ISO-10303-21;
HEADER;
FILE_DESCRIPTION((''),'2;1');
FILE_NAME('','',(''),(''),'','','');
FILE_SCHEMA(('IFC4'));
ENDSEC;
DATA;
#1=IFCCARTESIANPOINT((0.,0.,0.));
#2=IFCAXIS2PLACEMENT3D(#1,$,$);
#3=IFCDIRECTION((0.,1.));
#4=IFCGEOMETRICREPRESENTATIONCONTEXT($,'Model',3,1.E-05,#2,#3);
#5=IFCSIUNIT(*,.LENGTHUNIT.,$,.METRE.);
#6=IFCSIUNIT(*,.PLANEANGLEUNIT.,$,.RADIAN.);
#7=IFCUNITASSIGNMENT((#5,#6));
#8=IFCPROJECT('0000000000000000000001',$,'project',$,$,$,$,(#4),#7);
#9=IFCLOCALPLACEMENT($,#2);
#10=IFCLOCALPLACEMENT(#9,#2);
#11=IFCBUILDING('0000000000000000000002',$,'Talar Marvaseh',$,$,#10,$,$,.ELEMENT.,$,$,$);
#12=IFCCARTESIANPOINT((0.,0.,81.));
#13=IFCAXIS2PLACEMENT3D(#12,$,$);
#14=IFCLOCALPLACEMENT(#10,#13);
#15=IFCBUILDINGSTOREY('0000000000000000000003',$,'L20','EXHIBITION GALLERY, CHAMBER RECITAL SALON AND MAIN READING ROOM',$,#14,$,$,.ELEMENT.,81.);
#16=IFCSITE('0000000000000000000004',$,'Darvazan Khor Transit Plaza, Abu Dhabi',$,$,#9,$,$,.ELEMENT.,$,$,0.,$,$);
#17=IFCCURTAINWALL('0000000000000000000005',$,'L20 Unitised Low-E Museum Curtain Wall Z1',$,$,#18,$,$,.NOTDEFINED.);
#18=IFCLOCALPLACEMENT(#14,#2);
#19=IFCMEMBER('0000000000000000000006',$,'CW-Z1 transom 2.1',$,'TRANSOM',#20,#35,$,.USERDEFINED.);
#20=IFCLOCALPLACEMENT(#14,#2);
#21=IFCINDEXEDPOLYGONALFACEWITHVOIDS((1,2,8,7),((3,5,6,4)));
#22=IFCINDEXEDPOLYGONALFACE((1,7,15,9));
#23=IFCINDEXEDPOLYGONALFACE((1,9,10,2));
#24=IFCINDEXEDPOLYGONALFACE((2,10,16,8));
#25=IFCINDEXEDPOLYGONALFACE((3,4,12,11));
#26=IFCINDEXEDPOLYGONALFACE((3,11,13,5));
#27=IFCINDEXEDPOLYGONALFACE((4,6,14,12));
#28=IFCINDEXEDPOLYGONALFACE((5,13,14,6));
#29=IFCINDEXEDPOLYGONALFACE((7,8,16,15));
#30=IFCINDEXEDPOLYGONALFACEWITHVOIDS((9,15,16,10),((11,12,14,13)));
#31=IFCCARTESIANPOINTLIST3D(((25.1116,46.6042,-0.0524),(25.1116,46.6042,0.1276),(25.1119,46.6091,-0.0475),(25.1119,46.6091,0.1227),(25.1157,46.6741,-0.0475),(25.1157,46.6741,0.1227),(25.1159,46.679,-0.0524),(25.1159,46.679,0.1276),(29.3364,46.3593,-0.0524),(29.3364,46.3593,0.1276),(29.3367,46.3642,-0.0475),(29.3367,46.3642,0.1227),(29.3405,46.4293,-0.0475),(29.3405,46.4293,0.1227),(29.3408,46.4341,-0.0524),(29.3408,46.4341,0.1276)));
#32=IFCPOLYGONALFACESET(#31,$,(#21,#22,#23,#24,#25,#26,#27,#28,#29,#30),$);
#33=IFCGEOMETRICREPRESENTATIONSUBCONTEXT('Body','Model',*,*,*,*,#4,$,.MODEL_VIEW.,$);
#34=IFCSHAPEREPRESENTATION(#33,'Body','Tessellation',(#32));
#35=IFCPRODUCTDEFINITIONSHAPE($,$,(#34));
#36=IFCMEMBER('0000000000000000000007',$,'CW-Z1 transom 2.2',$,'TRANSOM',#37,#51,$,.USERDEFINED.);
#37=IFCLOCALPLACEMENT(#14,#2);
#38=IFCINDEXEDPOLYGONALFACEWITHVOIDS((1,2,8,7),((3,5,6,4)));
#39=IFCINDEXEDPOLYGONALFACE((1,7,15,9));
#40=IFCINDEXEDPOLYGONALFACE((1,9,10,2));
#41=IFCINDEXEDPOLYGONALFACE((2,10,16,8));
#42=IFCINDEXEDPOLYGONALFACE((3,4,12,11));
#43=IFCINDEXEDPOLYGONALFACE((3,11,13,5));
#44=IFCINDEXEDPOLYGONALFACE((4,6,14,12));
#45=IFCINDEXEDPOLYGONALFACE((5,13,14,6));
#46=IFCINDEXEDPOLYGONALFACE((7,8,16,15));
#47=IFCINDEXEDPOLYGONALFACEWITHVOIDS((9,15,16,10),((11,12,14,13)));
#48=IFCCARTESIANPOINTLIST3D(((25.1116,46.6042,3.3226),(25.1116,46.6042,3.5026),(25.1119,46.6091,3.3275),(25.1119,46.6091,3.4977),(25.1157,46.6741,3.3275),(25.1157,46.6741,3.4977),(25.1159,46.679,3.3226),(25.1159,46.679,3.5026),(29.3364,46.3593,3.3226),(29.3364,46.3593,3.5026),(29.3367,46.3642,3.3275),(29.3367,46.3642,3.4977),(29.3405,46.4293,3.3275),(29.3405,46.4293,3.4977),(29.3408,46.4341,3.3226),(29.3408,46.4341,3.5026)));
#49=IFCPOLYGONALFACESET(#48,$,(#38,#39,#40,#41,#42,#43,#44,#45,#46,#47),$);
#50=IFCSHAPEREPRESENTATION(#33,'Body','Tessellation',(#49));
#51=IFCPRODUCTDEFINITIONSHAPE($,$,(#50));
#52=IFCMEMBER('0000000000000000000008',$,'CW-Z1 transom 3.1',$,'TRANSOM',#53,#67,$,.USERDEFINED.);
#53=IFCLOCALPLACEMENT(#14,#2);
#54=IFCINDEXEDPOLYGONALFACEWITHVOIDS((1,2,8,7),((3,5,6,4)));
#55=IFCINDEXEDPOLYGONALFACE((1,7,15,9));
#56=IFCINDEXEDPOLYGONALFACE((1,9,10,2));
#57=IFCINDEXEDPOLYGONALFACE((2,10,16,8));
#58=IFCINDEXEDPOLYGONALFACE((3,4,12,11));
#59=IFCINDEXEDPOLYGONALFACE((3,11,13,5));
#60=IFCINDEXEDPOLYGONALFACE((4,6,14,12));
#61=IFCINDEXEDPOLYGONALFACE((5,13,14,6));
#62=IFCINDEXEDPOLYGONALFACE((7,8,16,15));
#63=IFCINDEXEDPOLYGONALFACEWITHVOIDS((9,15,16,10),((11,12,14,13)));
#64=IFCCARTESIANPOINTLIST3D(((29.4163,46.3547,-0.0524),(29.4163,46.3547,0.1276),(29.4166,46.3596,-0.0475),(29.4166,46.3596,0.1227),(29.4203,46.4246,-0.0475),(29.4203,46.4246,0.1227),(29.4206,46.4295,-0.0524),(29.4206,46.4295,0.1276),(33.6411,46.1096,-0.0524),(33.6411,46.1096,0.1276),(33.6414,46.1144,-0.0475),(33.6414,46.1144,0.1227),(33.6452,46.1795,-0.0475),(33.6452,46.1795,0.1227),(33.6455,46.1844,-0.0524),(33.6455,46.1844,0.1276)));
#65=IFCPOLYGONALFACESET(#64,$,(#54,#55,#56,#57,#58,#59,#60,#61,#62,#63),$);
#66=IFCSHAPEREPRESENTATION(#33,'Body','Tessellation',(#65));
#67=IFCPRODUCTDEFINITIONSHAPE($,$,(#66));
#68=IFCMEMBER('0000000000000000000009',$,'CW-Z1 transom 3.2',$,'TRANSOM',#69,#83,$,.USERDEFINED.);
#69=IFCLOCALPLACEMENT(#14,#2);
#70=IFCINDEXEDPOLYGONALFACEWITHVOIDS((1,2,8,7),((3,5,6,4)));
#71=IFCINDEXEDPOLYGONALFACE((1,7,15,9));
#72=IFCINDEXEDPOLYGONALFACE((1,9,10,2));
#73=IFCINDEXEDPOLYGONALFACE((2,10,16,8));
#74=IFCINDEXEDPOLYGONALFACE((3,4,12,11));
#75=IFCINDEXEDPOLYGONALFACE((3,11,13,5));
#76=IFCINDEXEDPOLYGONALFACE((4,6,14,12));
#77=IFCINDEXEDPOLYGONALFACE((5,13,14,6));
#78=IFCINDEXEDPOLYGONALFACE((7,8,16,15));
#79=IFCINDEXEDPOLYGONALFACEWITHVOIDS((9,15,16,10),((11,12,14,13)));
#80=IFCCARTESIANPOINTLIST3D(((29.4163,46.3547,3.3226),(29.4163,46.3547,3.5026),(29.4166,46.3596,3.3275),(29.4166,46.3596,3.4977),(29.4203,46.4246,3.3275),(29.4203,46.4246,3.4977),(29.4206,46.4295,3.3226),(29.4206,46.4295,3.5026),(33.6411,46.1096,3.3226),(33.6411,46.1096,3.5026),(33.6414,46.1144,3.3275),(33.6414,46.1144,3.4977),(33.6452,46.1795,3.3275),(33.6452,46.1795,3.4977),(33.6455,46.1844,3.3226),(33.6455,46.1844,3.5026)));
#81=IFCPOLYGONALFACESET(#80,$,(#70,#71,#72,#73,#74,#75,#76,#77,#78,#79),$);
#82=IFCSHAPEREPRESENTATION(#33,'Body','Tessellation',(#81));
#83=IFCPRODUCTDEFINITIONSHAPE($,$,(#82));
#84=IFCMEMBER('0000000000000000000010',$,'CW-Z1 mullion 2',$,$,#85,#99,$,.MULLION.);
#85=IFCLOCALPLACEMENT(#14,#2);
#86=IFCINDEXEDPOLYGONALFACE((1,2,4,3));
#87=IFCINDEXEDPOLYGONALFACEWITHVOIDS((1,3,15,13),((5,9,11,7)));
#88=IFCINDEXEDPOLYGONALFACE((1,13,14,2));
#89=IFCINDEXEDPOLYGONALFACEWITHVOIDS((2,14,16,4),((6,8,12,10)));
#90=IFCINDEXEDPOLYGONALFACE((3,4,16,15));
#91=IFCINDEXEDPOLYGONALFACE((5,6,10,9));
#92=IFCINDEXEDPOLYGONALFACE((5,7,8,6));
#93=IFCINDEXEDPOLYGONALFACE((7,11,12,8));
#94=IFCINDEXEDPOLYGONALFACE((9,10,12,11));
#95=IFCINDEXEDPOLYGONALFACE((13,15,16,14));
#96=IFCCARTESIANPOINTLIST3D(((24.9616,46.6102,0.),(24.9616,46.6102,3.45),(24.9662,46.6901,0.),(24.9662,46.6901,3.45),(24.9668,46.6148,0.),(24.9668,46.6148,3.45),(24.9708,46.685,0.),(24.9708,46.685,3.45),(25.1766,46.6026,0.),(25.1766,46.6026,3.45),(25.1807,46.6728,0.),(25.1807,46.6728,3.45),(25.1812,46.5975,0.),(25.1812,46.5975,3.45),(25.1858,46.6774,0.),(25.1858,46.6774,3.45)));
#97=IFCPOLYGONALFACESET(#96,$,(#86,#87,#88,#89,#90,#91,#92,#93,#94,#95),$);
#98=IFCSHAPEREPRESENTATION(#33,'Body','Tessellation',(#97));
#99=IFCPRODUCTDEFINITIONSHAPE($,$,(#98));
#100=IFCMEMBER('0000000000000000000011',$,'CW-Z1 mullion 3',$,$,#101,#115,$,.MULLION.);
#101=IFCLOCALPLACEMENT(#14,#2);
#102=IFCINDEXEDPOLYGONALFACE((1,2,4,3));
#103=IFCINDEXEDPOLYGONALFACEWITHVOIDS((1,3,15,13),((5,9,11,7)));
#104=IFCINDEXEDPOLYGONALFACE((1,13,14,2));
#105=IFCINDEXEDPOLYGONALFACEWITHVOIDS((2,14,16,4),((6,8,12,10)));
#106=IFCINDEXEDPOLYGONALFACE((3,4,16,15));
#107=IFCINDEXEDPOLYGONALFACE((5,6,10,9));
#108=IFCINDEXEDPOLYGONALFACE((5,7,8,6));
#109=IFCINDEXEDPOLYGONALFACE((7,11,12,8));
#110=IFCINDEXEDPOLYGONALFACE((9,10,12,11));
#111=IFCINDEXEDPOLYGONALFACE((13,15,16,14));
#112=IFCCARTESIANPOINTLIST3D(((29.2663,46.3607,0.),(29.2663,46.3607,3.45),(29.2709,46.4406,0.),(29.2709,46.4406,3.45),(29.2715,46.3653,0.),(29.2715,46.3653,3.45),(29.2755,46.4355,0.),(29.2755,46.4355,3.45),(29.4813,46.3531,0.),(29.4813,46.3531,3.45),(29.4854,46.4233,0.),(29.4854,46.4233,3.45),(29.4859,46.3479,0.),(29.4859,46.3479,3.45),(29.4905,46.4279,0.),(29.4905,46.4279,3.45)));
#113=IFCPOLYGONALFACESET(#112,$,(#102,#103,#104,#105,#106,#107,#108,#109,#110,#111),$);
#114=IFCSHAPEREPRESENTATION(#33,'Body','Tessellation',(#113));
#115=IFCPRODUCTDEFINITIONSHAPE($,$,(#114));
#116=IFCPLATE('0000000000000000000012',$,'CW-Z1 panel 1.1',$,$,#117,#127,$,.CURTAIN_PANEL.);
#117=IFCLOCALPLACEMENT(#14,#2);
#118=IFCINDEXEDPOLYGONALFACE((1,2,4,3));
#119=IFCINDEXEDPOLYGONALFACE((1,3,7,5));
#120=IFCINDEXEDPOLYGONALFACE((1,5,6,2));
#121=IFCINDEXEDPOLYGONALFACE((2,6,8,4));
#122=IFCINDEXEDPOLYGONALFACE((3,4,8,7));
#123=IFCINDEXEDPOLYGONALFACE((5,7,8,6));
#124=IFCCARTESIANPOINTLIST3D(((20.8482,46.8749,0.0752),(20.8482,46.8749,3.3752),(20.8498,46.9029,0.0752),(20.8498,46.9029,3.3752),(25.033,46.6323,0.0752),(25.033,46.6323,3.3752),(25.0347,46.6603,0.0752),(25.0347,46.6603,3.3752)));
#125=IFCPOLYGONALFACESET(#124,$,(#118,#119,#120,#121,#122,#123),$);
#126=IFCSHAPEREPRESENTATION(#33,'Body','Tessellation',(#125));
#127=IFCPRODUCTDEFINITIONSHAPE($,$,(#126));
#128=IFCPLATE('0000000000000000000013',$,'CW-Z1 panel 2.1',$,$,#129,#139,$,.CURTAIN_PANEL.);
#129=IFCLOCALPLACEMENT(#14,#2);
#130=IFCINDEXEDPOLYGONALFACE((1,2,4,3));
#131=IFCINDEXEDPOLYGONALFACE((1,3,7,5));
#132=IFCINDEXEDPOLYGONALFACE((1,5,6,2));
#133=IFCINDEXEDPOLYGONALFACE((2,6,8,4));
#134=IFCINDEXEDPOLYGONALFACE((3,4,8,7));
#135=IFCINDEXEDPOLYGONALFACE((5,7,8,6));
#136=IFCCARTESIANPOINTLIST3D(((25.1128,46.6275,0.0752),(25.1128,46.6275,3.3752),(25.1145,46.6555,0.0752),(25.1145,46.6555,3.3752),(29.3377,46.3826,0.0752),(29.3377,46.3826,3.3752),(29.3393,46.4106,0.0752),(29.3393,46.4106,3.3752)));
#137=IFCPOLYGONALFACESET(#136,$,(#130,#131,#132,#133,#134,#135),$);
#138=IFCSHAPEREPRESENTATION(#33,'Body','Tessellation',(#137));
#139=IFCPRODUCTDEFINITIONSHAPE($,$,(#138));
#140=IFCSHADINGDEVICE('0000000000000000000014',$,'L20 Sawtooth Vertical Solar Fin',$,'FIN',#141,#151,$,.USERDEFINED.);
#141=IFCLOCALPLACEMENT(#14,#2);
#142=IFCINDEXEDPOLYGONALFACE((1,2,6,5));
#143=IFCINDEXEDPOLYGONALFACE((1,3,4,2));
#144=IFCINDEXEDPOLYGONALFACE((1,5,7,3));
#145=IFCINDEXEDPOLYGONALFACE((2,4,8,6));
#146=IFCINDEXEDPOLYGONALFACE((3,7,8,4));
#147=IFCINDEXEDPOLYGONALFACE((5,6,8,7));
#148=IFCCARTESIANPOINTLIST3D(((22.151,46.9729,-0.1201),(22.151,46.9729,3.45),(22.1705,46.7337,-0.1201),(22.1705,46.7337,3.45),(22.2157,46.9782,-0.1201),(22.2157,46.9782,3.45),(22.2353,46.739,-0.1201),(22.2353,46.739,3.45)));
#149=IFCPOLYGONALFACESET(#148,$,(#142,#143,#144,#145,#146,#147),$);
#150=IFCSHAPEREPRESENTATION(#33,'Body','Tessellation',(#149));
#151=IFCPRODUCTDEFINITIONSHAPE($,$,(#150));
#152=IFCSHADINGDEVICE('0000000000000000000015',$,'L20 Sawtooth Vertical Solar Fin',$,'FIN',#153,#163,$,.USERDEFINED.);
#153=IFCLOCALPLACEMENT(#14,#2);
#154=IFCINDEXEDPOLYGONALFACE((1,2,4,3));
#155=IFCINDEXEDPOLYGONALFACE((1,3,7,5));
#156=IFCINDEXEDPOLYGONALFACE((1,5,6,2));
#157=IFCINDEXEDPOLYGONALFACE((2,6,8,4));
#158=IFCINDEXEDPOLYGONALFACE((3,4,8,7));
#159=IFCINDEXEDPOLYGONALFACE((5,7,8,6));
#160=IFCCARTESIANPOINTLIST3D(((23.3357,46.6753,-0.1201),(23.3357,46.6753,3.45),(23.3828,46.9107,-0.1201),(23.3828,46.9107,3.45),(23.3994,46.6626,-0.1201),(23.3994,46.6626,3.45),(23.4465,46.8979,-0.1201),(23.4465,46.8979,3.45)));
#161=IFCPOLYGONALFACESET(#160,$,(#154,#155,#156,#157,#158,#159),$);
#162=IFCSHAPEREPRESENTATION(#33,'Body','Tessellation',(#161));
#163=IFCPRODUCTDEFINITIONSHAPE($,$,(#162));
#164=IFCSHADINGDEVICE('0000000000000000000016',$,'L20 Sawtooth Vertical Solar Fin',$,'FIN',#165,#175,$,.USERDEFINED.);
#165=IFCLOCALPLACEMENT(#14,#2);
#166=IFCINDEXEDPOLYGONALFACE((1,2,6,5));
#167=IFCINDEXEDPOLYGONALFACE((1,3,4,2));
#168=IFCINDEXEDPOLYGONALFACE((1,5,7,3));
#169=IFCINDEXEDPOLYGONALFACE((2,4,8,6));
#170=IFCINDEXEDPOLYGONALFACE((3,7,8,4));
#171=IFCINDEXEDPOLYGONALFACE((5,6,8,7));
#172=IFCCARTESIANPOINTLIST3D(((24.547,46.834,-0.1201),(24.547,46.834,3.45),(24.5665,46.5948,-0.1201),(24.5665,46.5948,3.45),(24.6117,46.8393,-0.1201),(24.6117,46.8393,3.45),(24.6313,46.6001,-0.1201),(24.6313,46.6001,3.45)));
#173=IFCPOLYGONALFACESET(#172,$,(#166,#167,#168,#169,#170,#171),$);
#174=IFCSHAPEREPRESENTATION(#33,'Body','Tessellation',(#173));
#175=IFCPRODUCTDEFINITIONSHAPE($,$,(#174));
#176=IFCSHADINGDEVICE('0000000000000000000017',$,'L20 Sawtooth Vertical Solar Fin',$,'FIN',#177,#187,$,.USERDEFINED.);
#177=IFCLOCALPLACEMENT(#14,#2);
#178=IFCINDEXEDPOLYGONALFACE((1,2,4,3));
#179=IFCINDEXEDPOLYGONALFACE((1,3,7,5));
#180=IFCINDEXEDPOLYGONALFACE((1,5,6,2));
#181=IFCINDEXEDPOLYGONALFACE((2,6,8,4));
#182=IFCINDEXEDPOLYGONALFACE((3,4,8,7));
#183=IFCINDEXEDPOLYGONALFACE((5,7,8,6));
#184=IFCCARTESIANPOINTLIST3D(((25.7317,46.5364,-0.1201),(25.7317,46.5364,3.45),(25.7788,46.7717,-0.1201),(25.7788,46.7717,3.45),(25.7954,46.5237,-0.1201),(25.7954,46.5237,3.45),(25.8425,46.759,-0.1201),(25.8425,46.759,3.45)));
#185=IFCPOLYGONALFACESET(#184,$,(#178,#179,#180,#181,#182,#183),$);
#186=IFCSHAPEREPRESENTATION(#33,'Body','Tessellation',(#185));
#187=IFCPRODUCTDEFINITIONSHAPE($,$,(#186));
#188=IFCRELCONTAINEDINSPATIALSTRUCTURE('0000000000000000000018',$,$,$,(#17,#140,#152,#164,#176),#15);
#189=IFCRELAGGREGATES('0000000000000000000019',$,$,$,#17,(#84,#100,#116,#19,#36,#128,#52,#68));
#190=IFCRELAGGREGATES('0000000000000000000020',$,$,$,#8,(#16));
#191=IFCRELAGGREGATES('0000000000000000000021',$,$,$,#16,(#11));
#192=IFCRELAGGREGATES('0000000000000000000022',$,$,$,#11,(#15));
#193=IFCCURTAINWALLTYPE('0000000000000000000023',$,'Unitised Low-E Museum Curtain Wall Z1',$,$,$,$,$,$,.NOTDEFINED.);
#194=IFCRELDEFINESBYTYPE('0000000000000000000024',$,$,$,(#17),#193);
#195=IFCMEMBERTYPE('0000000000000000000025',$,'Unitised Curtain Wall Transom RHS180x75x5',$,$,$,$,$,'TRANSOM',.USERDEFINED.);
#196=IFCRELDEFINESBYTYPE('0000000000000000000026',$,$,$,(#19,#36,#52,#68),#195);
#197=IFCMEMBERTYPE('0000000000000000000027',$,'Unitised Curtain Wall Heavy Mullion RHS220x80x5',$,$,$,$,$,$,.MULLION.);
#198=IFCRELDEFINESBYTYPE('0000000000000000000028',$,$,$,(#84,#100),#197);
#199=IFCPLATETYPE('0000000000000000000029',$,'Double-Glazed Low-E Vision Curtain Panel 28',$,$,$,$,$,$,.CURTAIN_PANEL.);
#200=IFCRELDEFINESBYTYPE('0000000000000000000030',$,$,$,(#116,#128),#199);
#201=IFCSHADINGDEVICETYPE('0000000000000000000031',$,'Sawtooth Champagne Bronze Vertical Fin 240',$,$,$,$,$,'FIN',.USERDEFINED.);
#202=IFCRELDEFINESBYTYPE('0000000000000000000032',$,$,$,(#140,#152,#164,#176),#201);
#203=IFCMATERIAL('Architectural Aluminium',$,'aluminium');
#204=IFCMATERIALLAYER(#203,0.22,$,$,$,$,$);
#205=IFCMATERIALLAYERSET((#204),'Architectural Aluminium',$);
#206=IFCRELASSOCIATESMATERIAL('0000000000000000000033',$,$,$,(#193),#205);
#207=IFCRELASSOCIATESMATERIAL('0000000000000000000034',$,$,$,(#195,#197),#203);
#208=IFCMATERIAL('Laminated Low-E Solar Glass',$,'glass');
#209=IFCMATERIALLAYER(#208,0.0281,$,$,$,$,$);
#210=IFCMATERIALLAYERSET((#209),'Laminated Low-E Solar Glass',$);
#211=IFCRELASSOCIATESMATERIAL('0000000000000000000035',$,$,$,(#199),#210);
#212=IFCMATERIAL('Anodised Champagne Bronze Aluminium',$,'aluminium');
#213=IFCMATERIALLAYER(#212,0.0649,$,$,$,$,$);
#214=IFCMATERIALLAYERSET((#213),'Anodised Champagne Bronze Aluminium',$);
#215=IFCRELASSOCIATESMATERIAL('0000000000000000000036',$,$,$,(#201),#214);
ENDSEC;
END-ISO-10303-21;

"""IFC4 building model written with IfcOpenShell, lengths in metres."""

from ifc_helpers import new_model, si_unit, direction, frame, origin, origin_2d, place, context, subcontext, project, spatial, rectangle, hollow_rectangle, extrude, source, transform, mapped, material, layer, layer_set, material_profile, profile_set, type_object, type_shapes, element, aggregate, save


model = new_model("IFC4")

# Units and contexts
model_context = context("Model", 3, precision=1e-05, world=origin(), true_north=direction((0.0, 1.0)))
body_context = subcontext(model_context, "Body", "Model", "MODEL_VIEW")
ifc_project = project(units=[si_unit("LENGTHUNIT", "METRE"), si_unit("PLANEANGLEUNIT", "RADIAN")], contexts=[model_context])

# Site, building, storey
site_placement = place(None, origin())
site = spatial("IfcSite", under=ifc_project, at=site_placement, Name="Darvazan Khor Transit Plaza, Abu Dhabi", CompositionType="ELEMENT", RefElevation=0.0)
building_placement = place(site_placement, origin())
building = spatial("IfcBuilding", under=site, at=building_placement, Name="Talar Marvaseh", CompositionType="ELEMENT")
storey_placement = place(building_placement, frame((0.0, 0.0, 81.0)))
storey = spatial("IfcBuildingStorey", under=building, at=storey_placement, Name="L20", Description="EXHIBITION GALLERY, CHAMBER RECITAL SALON AND MAIN READING ROOM", CompositionType="ELEMENT", Elevation=81.0)

# Curtain wall, members, plates
ifc_material_1 = material(Name="Architectural Aluminium", Category="aluminium")
ifc_layer_1 = layer(ifc_material_1, 0.22)
ifc_layer_set_1 = layer_set([ifc_layer_1], Name="Architectural Aluminium")
curtain_wall_type = type_object("IfcCurtainWallType", Name="Unitised Low-E Museum Curtain Wall Z1", PredefinedType="NOTDEFINED", material=ifc_layer_set_1)
curtain_wall_placement = place(storey_placement, origin())
curtain_wall = element("IfcCurtainWall", 1, at=curtain_wall_placement, inside=storey, type_object=curtain_wall_type, Name="L20 Unitised Low-E Museum Curtain Wall Z1", PredefinedType="NOTDEFINED")
ifc_material_profile_1 = material_profile(ifc_material_1, hollow_rectangle(XDim=0.075, YDim=0.1799, WallThickness=0.0049, at=origin_2d()), Name="RHS180x75x5")
ifc_profile_set_1 = profile_set([ifc_material_profile_1], Name="Architectural Aluminium")
member_type_1 = type_object("IfcMemberType", Name="Unitised Curtain Wall Transom RHS180x75x5", ElementType="TRANSOM", PredefinedType="USERDEFINED", material=ifc_profile_set_1)
shared_shape_1 = source(origin(), body_context, "Body", "SweptSolid", [
    extrude(hollow_rectangle(XDim=0.075, YDim=0.1799, WallThickness=0.0049, at=origin_2d()), origin(), (0.0, 0.0, 1.0), 4.2319),
])
type_shapes(member_type_1, [shared_shape_1])
member_1_placement = place(storey_placement, frame((25.1138, 46.6416, 0.0376), z_axis=(0.998325, -0.057863, 0.0), x_axis=(0.057863, 0.998325, 0.0)))
member_1 = element("IfcMember", 2, at=member_1_placement, type_object=member_type_1, Name="CW-Z1 transom 2.1", ObjectType="TRANSOM", PredefinedType="USERDEFINED", context=body_context, shape_type="MappedRepresentation", body=[
    mapped(shared_shape_1, transform((0.0, 0.0, 0.0), x_axis=(1.0, 0.0, 0.0), y_axis=(0.0, 1.0, 0.0), z_axis=(0.0, 0.0, 1.0), scale=1.0)),
])
member_2_placement = place(storey_placement, frame((25.1138, 46.6416, 3.4126), z_axis=(0.998325, -0.057863, 0.0), x_axis=(0.057863, 0.998325, 0.0)))
member_2 = element("IfcMember", 3, at=member_2_placement, type_object=member_type_1, Name="CW-Z1 transom 2.2", ObjectType="TRANSOM", PredefinedType="USERDEFINED", context=body_context, shape_type="MappedRepresentation", body=[
    mapped(shared_shape_1, transform((0.0, 0.0, 0.0), x_axis=(1.0, 0.0, 0.0), y_axis=(0.0, 1.0, 0.0), z_axis=(0.0, 0.0, 1.0), scale=1.0)),
])
member_3_placement = place(storey_placement, frame((29.4185, 46.3921, 0.0376), z_axis=(0.998321, -0.057921, 0.0), x_axis=(0.057921, 0.998321, 0.0)))
member_3 = element("IfcMember", 4, at=member_3_placement, type_object=member_type_1, Name="CW-Z1 transom 3.1", ObjectType="TRANSOM", PredefinedType="USERDEFINED", context=body_context, shape_type="MappedRepresentation", body=[
    mapped(shared_shape_1, transform((0.0, 0.0, 0.0), x_axis=(1.0, 0.0, 0.0), y_axis=(0.0, 1.0, 0.0), z_axis=(0.0, 0.0, 1.0), scale=1.0)),
])
member_4_placement = place(storey_placement, frame((29.4185, 46.3921, 3.4126), z_axis=(0.998321, -0.057921, 0.0), x_axis=(0.057921, 0.998321, 0.0)))
member_4 = element("IfcMember", 5, at=member_4_placement, type_object=member_type_1, Name="CW-Z1 transom 3.2", ObjectType="TRANSOM", PredefinedType="USERDEFINED", context=body_context, shape_type="MappedRepresentation", body=[
    mapped(shared_shape_1, transform((0.0, 0.0, 0.0), x_axis=(1.0, 0.0, 0.0), y_axis=(0.0, 1.0, 0.0), z_axis=(0.0, 0.0, 1.0), scale=1.0)),
])
ifc_material_profile_2 = material_profile(ifc_material_1, hollow_rectangle(XDim=0.0801, YDim=0.22, WallThickness=0.0049, at=origin_2d()), Name="RHS220x80x5")
ifc_profile_set_2 = profile_set([ifc_material_profile_2], Name="Architectural Aluminium")
member_type_2 = type_object("IfcMemberType", Name="Unitised Curtain Wall Heavy Mullion RHS220x80x5", PredefinedType="MULLION", material=ifc_profile_set_2)
shared_shape_2 = source(origin(), body_context, "Body", "SweptSolid", [
    extrude(hollow_rectangle(XDim=0.0801, YDim=0.22, WallThickness=0.0049, at=origin_2d()), origin(), (0.0, 0.0, 1.0), 3.45),
])
type_shapes(member_type_2, [shared_shape_2])
member_5_placement = place(storey_placement, frame((25.0737, 46.6438, 0.0), z_axis=(0.0, 0.0, 1.0), x_axis=(0.057875, 0.998324, 0.0)))
member_5 = element("IfcMember", 6, at=member_5_placement, type_object=member_type_2, Name="CW-Z1 mullion 2", PredefinedType="MULLION", context=body_context, shape_type="MappedRepresentation", body=[
    mapped(shared_shape_2, transform((0.0, 0.0, 0.0), x_axis=(1.0, 0.0, 0.0), y_axis=(0.0, 1.0, 0.0), z_axis=(0.0, 0.0, 1.0), scale=1.0)),
])
member_6_placement = place(storey_placement, frame((29.3784, 46.3943, 0.0), z_axis=(0.0, 0.0, 1.0), x_axis=(0.057875, 0.998324, 0.0)))
member_6 = element("IfcMember", 7, at=member_6_placement, type_object=member_type_2, Name="CW-Z1 mullion 3", PredefinedType="MULLION", context=body_context, shape_type="MappedRepresentation", body=[
    mapped(shared_shape_2, transform((0.0, 0.0, 0.0), x_axis=(1.0, 0.0, 0.0), y_axis=(0.0, 1.0, 0.0), z_axis=(0.0, 0.0, 1.0), scale=1.0)),
])
ifc_material_2 = material(Name="Laminated Low-E Solar Glass", Category="glass")
ifc_layer_2 = layer(ifc_material_2, 0.0281)
ifc_layer_set_2 = layer_set([ifc_layer_2], Name="Laminated Low-E Solar Glass")
plate_type = type_object("IfcPlateType", Name="Double-Glazed Low-E Vision Curtain Panel 28", PredefinedType="CURTAIN_PANEL", material=ifc_layer_set_2)
shared_shape_3 = source(origin(), body_context, "Body", "SweptSolid", [
    extrude(rectangle(XDim=4.1919, YDim=0.0281, at=origin_2d()), origin(), (0.0, 0.0, 1.0), 3.3),
])
plate_1_placement = place(storey_placement, frame((22.9414, 46.7676, 0.0752), z_axis=(0.0, 0.0, 1.0), x_axis=(0.998324, -0.057875, 0.0)))
plate_1 = element("IfcPlate", 8, at=plate_1_placement, type_object=plate_type, Name="CW-Z1 panel 1.1", PredefinedType="CURTAIN_PANEL", context=body_context, shape_type="MappedRepresentation", body=[
    mapped(shared_shape_3, transform((0.0, 0.0, 0.0), x_axis=(1.0, 0.0, 0.0), y_axis=(0.0, 1.0, 0.0), z_axis=(0.0, 0.0, 1.0), scale=1.0)),
])
shared_shape_4 = source(origin(), body_context, "Body", "SweptSolid", [
    extrude(rectangle(XDim=4.2319, YDim=0.0281, at=origin_2d()), origin(), (0.0, 0.0, 1.0), 3.3),
])
type_shapes(plate_type, [shared_shape_3, shared_shape_4])
plate_2_placement = place(storey_placement, frame((27.2261, 46.519, 0.0752), z_axis=(0.0, 0.0, 1.0), x_axis=(0.998324, -0.057875, 0.0)))
plate_2 = element("IfcPlate", 9, at=plate_2_placement, type_object=plate_type, Name="CW-Z1 panel 2.1", PredefinedType="CURTAIN_PANEL", context=body_context, shape_type="MappedRepresentation", body=[
    mapped(shared_shape_4, transform((0.0, 0.0, 0.0), x_axis=(1.0, 0.0, 0.0), y_axis=(0.0, 1.0, 0.0), z_axis=(0.0, 0.0, 1.0), scale=1.0)),
])
aggregate(curtain_wall, [member_5, member_6, plate_1, member_1, member_2, plate_2, member_3, member_4])

# Shading devices
ifc_material_3 = material(Name="Anodised Champagne Bronze Aluminium", Category="aluminium")
ifc_layer_3 = layer(ifc_material_3, 0.0649)
ifc_layer_set_3 = layer_set([ifc_layer_3], Name="Anodised Champagne Bronze Aluminium")
shading_device_type = type_object("IfcShadingDeviceType", Name="Sawtooth Champagne Bronze Vertical Fin 240", ElementType="FIN", PredefinedType="USERDEFINED", material=ifc_layer_set_3)
shared_shape_5 = source(origin(), body_context, "Body", "SweptSolid", [
    extrude(rectangle(XDim=0.24, YDim=0.0649, at=origin_2d()), origin(), (0.0, 0.0, 1.0), 3.5701),
])
type_shapes(shading_device_type, [shared_shape_5])
for number, where, z_axis, x_axis, name in (
    (10, (22.1931, 46.856, -0.1201), (0.0, 0.0, 1.0), (-0.081591, 0.996666, 0.0), "L20 Sawtooth Vertical Solar Fin"),
    (11, (23.3911, 46.7866, -0.1201), (0.0, 0.0, 1.0), (0.196288, 0.980546, 0.0), "L20 Sawtooth Vertical Solar Fin"),
    (12, (24.5891, 46.717, -0.1201), (0.0, 0.0, 1.0), (-0.081591, 0.996666, 0.0), "L20 Sawtooth Vertical Solar Fin"),
    (13, (25.7871, 46.6477, -0.1201), (0.0, 0.0, 1.0), (0.196288, 0.980546, 0.0), "L20 Sawtooth Vertical Solar Fin"),
):
    element("IfcShadingDevice", number, at=place(storey_placement, frame(where, z_axis=z_axis, x_axis=x_axis)), inside=storey, type_object=shading_device_type, Name=name, ObjectType="FIN", PredefinedType="USERDEFINED", context=body_context, shape_type="MappedRepresentation", body=[
        mapped(shared_shape_5, transform((0.0, 0.0, 0.0), x_axis=(1.0, 0.0, 0.0), y_axis=(0.0, 1.0, 0.0), z_axis=(0.0, 0.0, 1.0), scale=1.0)),
    ])

save(model, "model.ifc")
